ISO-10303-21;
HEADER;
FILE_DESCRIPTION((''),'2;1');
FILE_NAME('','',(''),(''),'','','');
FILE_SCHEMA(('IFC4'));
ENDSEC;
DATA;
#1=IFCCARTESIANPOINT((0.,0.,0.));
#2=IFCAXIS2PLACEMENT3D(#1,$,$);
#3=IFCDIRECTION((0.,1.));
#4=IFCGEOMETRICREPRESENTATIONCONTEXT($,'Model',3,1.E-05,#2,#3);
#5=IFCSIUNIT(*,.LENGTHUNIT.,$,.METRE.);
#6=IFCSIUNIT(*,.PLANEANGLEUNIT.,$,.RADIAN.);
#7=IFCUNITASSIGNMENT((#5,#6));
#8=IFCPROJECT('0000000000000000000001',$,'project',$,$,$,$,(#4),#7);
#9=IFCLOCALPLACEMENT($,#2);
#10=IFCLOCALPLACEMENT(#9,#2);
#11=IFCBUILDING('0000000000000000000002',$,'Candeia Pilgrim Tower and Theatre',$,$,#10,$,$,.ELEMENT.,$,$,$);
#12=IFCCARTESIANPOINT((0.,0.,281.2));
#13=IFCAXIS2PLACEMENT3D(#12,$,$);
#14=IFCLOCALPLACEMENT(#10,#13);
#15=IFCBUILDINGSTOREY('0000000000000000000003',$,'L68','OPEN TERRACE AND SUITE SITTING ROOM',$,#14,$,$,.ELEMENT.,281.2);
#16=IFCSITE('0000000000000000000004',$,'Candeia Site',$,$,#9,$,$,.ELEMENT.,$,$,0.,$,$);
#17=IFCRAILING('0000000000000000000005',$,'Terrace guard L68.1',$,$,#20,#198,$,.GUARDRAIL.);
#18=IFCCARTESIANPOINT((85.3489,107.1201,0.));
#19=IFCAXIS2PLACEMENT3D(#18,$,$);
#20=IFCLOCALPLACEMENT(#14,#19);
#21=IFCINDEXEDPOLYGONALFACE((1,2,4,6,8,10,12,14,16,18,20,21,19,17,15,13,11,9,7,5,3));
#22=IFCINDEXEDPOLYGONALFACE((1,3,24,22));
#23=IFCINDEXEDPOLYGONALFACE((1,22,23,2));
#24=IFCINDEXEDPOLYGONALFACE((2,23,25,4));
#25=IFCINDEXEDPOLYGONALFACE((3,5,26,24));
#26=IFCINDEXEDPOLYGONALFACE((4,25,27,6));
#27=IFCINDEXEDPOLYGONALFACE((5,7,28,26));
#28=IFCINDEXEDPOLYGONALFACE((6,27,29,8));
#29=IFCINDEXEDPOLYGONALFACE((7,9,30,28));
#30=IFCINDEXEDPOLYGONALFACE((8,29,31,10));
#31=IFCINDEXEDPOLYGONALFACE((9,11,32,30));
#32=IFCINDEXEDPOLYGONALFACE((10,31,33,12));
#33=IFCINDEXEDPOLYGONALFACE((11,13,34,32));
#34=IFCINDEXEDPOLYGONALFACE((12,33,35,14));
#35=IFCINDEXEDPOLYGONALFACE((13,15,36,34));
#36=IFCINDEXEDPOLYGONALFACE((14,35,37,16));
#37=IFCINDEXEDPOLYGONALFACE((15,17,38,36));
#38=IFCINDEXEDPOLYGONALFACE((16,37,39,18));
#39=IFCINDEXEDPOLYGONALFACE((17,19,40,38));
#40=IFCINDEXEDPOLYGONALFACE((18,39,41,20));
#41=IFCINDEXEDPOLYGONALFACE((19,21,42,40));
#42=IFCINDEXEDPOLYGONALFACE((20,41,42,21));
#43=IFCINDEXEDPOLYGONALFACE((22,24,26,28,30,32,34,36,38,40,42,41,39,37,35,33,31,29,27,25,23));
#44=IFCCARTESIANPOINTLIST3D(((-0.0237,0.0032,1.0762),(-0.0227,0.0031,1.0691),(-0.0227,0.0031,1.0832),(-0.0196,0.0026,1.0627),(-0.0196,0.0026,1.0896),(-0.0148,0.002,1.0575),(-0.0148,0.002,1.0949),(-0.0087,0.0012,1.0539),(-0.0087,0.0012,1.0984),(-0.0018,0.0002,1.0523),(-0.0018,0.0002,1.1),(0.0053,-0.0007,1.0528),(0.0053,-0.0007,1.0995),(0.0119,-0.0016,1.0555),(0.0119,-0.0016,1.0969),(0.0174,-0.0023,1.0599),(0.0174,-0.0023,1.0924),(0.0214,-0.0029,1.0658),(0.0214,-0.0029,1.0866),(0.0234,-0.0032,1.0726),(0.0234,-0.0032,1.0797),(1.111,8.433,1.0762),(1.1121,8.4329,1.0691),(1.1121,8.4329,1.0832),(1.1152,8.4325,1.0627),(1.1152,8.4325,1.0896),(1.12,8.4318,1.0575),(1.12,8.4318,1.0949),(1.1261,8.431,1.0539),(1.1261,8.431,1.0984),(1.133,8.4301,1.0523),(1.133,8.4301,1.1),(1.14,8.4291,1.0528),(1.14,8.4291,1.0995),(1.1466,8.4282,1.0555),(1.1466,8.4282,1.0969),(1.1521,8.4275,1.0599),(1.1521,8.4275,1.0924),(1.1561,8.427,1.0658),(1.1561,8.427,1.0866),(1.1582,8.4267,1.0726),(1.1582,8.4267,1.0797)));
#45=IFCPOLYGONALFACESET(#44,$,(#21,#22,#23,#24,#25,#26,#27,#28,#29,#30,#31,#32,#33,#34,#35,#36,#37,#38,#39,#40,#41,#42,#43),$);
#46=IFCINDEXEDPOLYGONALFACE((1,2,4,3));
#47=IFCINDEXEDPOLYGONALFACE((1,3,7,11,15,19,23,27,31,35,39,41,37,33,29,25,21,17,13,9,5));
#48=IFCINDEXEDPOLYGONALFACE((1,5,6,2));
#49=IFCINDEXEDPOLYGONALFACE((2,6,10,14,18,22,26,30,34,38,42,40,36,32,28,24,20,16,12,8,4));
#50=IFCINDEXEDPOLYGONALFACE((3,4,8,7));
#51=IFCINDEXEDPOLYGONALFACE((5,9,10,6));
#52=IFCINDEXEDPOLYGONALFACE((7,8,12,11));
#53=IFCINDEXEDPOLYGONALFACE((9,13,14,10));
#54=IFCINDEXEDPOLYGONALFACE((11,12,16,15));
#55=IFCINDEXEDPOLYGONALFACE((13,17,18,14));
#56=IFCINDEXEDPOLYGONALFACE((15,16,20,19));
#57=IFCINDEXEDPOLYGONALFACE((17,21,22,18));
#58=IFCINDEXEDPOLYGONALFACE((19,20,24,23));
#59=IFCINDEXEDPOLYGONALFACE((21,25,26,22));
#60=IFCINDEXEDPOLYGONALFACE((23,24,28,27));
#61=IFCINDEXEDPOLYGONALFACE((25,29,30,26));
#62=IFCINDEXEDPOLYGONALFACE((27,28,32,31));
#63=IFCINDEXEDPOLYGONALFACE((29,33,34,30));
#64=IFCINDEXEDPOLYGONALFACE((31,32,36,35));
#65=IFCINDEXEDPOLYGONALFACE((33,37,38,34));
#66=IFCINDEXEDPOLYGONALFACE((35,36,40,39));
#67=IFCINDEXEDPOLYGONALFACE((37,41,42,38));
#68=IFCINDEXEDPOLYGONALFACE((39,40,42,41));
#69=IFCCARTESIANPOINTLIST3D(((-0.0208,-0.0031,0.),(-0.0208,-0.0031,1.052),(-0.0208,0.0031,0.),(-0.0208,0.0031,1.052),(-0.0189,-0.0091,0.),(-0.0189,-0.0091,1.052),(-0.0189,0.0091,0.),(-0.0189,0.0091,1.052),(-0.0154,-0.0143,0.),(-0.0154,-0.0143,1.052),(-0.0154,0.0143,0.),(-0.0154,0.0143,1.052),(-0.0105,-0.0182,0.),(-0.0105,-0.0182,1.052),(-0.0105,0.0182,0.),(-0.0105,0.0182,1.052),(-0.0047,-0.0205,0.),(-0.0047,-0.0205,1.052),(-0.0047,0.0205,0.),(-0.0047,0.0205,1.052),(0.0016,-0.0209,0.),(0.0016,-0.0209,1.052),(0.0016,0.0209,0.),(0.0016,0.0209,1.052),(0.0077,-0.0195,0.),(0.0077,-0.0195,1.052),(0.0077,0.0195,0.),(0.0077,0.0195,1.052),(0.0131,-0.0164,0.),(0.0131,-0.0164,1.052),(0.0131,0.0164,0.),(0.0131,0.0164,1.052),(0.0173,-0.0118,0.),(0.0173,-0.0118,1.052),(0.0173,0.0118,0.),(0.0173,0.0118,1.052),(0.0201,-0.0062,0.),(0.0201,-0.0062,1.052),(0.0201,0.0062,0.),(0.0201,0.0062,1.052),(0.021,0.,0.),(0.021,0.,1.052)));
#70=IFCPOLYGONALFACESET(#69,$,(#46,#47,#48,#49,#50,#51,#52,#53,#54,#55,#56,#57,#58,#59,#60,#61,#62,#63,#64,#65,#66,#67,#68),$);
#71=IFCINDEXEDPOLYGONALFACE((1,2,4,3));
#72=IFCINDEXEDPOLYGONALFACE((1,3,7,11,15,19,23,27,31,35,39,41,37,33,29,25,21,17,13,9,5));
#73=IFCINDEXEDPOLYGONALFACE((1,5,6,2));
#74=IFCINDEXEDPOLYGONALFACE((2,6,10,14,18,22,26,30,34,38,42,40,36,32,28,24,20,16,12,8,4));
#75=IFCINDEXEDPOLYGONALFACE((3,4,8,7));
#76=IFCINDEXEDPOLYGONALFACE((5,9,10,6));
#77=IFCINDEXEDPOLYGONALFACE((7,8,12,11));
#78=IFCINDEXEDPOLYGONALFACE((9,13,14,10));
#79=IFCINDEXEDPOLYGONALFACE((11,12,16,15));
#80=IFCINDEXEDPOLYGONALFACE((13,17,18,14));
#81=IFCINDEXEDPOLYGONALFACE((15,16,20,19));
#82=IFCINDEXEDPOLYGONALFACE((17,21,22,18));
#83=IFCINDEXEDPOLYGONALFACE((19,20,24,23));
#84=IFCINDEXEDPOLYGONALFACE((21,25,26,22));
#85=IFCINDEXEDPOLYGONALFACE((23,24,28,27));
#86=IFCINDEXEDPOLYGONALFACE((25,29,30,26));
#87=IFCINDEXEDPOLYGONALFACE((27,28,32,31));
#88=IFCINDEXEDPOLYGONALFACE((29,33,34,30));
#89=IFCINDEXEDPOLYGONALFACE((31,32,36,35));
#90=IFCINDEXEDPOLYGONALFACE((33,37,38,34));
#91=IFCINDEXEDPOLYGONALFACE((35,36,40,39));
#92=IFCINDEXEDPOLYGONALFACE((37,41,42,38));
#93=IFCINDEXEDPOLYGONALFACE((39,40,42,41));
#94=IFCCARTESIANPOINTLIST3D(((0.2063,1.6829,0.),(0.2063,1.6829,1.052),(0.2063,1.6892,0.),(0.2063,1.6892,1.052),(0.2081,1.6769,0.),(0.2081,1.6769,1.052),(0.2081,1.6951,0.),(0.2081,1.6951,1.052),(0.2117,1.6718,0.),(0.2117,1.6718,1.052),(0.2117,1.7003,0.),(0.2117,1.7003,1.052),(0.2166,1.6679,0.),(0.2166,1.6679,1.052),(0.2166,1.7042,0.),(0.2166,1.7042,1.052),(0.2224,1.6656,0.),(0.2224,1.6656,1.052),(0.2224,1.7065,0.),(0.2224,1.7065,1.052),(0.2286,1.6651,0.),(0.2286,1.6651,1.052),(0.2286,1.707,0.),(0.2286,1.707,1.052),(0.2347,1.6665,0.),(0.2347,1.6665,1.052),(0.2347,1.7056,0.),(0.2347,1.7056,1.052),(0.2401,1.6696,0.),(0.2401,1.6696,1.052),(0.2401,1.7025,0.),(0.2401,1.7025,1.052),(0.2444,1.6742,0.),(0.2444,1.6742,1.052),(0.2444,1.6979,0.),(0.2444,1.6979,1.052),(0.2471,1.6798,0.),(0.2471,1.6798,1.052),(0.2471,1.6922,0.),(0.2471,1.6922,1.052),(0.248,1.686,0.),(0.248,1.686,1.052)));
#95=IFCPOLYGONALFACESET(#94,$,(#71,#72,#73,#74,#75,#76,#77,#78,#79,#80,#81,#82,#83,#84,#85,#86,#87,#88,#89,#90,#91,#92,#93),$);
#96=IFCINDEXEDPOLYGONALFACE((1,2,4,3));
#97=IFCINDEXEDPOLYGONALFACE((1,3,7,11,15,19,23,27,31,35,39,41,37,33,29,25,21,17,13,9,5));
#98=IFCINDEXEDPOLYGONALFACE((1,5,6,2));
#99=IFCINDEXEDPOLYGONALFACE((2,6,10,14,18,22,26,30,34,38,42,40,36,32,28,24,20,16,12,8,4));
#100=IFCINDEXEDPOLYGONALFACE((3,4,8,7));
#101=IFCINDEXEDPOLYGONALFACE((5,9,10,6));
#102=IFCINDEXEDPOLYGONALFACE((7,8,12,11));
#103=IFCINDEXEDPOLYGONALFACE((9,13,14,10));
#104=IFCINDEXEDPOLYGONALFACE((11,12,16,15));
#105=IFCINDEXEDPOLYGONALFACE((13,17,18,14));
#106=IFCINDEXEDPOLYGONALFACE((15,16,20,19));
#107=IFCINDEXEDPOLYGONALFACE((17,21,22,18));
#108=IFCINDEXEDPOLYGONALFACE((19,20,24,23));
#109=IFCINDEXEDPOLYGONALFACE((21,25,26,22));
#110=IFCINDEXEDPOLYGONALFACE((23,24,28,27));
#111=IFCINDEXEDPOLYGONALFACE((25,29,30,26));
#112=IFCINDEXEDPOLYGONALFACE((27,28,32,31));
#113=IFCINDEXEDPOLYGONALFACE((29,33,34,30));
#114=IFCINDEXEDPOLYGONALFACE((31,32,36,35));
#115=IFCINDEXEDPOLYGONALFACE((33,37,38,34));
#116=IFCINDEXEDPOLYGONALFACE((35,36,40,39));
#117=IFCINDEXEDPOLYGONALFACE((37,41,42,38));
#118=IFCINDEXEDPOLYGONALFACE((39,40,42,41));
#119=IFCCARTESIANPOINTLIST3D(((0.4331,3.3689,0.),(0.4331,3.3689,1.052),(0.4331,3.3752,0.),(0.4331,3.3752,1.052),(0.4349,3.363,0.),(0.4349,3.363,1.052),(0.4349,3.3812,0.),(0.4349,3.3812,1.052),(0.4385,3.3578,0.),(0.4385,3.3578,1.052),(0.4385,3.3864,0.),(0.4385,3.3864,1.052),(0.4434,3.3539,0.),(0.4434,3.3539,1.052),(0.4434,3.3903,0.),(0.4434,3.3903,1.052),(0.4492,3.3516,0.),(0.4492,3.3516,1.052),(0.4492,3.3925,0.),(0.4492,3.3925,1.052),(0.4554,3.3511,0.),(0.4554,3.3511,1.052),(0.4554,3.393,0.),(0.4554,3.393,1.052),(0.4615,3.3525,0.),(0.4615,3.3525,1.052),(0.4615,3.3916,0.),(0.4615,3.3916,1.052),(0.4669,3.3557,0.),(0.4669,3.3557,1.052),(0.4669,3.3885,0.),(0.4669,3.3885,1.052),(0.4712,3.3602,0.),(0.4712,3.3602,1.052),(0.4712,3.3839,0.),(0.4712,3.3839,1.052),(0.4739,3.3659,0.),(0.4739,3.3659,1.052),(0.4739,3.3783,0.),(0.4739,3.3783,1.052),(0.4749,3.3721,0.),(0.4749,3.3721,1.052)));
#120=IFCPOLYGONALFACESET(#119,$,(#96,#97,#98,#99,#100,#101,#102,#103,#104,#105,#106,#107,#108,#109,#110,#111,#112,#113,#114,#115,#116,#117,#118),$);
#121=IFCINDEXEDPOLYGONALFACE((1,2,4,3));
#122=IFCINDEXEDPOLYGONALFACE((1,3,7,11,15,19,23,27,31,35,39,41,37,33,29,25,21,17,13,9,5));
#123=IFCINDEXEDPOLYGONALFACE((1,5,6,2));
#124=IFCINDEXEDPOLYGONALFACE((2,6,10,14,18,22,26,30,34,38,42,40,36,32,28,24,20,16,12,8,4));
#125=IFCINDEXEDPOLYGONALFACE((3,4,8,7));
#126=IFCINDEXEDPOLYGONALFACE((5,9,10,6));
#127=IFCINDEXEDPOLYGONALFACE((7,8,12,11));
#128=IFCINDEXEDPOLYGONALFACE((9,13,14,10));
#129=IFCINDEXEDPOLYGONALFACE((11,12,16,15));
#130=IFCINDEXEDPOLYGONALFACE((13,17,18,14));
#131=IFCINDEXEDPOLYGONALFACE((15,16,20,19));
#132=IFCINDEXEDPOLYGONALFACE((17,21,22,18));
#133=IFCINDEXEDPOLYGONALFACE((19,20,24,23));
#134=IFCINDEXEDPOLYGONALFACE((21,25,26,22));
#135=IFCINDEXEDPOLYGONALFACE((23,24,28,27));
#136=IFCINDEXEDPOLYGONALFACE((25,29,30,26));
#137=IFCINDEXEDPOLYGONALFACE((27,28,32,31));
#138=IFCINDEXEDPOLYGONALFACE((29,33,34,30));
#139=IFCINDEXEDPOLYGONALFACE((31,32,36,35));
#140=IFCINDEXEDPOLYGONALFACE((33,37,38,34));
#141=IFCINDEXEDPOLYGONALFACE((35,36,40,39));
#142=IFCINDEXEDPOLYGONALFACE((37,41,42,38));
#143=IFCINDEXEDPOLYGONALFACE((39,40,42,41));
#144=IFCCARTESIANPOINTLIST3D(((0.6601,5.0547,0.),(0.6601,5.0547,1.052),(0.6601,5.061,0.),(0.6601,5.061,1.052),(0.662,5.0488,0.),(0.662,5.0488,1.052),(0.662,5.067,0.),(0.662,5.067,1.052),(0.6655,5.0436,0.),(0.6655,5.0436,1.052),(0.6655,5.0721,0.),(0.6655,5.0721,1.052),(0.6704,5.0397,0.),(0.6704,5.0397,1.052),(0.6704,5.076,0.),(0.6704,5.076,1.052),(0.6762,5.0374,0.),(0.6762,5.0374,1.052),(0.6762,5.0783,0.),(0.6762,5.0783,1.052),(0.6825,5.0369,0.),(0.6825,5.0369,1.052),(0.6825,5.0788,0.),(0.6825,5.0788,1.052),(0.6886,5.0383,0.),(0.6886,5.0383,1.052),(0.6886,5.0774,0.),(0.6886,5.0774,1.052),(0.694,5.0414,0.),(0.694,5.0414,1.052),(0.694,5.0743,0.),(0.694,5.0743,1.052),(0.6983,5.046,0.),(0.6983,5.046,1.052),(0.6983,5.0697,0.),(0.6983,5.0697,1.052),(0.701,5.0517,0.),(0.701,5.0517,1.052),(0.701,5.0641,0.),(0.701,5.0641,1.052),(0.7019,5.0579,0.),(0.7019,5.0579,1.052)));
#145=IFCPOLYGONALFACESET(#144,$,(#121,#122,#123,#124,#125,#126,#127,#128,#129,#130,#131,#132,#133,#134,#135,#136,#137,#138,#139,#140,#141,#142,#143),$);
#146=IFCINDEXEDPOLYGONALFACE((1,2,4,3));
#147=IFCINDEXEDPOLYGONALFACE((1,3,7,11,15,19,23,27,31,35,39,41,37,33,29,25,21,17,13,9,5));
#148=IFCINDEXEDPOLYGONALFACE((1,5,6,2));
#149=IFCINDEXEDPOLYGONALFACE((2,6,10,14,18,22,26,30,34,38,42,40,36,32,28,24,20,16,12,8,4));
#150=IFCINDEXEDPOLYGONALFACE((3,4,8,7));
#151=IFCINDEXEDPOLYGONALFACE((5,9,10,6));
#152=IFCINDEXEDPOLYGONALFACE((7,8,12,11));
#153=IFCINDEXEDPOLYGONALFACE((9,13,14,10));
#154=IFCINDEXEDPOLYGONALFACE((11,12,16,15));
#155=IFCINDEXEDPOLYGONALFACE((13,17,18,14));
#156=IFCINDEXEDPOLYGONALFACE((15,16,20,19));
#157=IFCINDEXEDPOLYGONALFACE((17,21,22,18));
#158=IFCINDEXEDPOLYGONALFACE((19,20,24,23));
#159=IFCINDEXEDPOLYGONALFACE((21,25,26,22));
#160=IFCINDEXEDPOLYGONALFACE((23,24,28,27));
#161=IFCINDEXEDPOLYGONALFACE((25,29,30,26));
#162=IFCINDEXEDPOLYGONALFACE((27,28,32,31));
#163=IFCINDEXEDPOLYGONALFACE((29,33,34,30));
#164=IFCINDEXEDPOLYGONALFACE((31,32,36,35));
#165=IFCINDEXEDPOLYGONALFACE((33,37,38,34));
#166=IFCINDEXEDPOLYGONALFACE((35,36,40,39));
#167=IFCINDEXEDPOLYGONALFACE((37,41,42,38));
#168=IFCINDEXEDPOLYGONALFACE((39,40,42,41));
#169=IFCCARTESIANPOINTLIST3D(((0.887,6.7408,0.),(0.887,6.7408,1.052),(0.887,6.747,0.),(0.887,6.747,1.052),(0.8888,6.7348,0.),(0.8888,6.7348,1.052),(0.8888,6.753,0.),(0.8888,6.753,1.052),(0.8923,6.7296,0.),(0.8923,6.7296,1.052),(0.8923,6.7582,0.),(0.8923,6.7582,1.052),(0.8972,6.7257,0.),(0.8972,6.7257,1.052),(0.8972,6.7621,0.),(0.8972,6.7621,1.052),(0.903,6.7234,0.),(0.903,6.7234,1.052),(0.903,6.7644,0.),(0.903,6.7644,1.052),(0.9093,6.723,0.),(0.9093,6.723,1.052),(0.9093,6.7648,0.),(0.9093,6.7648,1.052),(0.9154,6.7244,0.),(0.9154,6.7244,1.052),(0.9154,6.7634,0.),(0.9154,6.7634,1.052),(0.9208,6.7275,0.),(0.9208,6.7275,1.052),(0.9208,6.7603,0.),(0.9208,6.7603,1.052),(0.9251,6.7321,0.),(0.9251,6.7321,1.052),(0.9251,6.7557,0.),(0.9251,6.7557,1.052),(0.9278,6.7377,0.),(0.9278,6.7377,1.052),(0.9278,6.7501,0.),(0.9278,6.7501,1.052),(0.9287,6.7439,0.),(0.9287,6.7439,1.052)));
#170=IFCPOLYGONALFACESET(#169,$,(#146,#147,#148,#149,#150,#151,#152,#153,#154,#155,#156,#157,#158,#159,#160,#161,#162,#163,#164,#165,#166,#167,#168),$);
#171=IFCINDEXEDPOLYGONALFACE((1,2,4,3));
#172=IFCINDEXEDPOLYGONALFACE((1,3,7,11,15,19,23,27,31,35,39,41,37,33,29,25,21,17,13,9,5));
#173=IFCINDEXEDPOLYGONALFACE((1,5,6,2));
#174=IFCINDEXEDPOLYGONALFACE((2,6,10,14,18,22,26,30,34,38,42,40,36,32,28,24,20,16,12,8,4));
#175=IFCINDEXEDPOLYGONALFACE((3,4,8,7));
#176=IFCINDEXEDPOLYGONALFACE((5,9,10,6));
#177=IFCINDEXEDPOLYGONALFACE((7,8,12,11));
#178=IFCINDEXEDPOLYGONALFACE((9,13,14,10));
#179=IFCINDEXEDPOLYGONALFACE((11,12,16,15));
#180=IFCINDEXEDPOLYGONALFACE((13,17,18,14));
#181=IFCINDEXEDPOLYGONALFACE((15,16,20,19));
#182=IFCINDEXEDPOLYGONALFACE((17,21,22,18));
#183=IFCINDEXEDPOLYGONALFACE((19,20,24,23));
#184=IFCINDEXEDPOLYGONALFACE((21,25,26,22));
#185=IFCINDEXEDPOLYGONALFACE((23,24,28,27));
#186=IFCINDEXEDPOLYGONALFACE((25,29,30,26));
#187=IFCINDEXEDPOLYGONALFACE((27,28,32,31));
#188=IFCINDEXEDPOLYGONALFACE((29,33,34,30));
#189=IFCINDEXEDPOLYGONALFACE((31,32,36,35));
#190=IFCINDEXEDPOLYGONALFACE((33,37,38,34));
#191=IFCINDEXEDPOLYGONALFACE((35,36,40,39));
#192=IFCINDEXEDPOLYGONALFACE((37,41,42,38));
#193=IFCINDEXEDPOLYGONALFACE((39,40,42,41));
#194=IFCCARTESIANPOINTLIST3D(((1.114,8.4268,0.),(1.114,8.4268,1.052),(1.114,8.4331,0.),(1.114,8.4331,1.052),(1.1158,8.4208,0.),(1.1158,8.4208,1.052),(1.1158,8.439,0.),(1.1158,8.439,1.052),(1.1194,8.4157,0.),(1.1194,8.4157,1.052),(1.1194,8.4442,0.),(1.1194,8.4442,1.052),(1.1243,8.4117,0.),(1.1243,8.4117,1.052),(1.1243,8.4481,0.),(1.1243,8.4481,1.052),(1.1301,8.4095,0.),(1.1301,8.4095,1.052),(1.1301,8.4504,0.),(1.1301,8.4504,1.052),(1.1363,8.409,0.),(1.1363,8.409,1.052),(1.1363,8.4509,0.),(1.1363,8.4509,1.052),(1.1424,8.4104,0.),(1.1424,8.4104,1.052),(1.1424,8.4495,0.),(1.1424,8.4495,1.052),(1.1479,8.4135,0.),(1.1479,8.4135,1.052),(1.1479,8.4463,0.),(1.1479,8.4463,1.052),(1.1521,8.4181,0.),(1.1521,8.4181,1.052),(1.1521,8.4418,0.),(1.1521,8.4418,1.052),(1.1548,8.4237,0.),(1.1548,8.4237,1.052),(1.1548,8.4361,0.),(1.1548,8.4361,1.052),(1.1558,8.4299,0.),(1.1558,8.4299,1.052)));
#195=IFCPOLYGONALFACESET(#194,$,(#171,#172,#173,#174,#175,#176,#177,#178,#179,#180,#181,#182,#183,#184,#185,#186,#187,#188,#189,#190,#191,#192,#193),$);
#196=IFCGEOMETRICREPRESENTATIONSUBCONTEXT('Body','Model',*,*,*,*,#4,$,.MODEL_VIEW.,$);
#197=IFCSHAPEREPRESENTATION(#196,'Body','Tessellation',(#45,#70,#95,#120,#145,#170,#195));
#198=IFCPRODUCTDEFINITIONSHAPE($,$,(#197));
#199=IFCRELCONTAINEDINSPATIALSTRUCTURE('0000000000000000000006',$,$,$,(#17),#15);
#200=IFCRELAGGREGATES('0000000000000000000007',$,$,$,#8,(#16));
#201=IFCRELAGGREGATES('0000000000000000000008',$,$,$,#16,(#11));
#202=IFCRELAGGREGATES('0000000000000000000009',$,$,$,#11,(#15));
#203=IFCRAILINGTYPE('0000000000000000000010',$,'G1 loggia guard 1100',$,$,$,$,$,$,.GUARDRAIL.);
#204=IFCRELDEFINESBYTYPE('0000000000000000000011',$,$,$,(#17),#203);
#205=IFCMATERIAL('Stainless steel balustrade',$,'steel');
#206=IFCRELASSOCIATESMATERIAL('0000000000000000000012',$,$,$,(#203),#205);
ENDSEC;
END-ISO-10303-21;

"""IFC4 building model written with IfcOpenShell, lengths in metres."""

from ifc_helpers import new_model, si_unit, direction, frame, origin, origin_2d, place, context, subcontext, project, spatial, circle, extrude, material, type_object, element, save


model = new_model("IFC4")

# Units and contexts
model_context = context("Model", 3, precision=1e-05, world=origin(), true_north=direction((0.0, 1.0)))
body_context = subcontext(model_context, "Body", "Model", "MODEL_VIEW")
ifc_project = project(units=[si_unit("LENGTHUNIT", "METRE"), si_unit("PLANEANGLEUNIT", "RADIAN")], contexts=[model_context])

# Site, building, storey
site_placement = place(None, origin())
site = spatial("IfcSite", under=ifc_project, at=site_placement, Name="Candeia Site", CompositionType="ELEMENT", RefElevation=0.0)
building_placement = place(site_placement, origin())
building = spatial("IfcBuilding", under=site, at=building_placement, Name="Candeia Pilgrim Tower and Theatre", CompositionType="ELEMENT")
storey_placement = place(building_placement, frame((0.0, 0.0, 281.2)))
storey = spatial("IfcBuildingStorey", under=building, at=storey_placement, Name="L68", Description="OPEN TERRACE AND SUITE SITTING ROOM", CompositionType="ELEMENT", Elevation=281.2)

# Railing
ifc_material_1 = material(Name="Stainless steel balustrade", Category="steel")
railing_type = type_object("IfcRailingType", Name="G1 loggia guard 1100", PredefinedType="GUARDRAIL", material=ifc_material_1)
railing_placement = place(storey_placement, frame((85.3489, 107.1201, 0.0)))
element("IfcRailing", 1, at=railing_placement, inside=storey, type_object=railing_type, Name="Terrace guard L68.1", PredefinedType="GUARDRAIL", context=body_context, shape_type="SweptSolid", body=[
    extrude(circle(Radius=0.0239, at=origin_2d()), frame((0.0, 0.0, 1.0762), z_axis=(0.133408, 0.991061, 0.0), x_axis=(-0.991061, 0.133408, 0.0)), (0.0, 0.0, 1.0), 8.5059),
    extrude(circle(Radius=0.021, at=origin_2d()), origin(), (0.0, 0.0, 1.0), 1.052),
    extrude(circle(Radius=0.021, at=origin_2d()), frame((0.2271, 1.686, 0.0)), (0.0, 0.0, 1.0), 1.052),
    extrude(circle(Radius=0.021, at=origin_2d()), frame((0.4539, 3.3721, 0.0)), (0.0, 0.0, 1.0), 1.052),
    extrude(circle(Radius=0.021, at=origin_2d()), frame((0.6809, 5.0579, 0.0)), (0.0, 0.0, 1.0), 1.052),
    extrude(circle(Radius=0.021, at=origin_2d()), frame((0.9077, 6.7439, 0.0)), (0.0, 0.0, 1.0), 1.052),
    extrude(circle(Radius=0.021, at=origin_2d()), frame((1.1348, 8.4299, 0.0)), (0.0, 0.0, 1.0), 1.052),
])

save(model, "model.ifc")
